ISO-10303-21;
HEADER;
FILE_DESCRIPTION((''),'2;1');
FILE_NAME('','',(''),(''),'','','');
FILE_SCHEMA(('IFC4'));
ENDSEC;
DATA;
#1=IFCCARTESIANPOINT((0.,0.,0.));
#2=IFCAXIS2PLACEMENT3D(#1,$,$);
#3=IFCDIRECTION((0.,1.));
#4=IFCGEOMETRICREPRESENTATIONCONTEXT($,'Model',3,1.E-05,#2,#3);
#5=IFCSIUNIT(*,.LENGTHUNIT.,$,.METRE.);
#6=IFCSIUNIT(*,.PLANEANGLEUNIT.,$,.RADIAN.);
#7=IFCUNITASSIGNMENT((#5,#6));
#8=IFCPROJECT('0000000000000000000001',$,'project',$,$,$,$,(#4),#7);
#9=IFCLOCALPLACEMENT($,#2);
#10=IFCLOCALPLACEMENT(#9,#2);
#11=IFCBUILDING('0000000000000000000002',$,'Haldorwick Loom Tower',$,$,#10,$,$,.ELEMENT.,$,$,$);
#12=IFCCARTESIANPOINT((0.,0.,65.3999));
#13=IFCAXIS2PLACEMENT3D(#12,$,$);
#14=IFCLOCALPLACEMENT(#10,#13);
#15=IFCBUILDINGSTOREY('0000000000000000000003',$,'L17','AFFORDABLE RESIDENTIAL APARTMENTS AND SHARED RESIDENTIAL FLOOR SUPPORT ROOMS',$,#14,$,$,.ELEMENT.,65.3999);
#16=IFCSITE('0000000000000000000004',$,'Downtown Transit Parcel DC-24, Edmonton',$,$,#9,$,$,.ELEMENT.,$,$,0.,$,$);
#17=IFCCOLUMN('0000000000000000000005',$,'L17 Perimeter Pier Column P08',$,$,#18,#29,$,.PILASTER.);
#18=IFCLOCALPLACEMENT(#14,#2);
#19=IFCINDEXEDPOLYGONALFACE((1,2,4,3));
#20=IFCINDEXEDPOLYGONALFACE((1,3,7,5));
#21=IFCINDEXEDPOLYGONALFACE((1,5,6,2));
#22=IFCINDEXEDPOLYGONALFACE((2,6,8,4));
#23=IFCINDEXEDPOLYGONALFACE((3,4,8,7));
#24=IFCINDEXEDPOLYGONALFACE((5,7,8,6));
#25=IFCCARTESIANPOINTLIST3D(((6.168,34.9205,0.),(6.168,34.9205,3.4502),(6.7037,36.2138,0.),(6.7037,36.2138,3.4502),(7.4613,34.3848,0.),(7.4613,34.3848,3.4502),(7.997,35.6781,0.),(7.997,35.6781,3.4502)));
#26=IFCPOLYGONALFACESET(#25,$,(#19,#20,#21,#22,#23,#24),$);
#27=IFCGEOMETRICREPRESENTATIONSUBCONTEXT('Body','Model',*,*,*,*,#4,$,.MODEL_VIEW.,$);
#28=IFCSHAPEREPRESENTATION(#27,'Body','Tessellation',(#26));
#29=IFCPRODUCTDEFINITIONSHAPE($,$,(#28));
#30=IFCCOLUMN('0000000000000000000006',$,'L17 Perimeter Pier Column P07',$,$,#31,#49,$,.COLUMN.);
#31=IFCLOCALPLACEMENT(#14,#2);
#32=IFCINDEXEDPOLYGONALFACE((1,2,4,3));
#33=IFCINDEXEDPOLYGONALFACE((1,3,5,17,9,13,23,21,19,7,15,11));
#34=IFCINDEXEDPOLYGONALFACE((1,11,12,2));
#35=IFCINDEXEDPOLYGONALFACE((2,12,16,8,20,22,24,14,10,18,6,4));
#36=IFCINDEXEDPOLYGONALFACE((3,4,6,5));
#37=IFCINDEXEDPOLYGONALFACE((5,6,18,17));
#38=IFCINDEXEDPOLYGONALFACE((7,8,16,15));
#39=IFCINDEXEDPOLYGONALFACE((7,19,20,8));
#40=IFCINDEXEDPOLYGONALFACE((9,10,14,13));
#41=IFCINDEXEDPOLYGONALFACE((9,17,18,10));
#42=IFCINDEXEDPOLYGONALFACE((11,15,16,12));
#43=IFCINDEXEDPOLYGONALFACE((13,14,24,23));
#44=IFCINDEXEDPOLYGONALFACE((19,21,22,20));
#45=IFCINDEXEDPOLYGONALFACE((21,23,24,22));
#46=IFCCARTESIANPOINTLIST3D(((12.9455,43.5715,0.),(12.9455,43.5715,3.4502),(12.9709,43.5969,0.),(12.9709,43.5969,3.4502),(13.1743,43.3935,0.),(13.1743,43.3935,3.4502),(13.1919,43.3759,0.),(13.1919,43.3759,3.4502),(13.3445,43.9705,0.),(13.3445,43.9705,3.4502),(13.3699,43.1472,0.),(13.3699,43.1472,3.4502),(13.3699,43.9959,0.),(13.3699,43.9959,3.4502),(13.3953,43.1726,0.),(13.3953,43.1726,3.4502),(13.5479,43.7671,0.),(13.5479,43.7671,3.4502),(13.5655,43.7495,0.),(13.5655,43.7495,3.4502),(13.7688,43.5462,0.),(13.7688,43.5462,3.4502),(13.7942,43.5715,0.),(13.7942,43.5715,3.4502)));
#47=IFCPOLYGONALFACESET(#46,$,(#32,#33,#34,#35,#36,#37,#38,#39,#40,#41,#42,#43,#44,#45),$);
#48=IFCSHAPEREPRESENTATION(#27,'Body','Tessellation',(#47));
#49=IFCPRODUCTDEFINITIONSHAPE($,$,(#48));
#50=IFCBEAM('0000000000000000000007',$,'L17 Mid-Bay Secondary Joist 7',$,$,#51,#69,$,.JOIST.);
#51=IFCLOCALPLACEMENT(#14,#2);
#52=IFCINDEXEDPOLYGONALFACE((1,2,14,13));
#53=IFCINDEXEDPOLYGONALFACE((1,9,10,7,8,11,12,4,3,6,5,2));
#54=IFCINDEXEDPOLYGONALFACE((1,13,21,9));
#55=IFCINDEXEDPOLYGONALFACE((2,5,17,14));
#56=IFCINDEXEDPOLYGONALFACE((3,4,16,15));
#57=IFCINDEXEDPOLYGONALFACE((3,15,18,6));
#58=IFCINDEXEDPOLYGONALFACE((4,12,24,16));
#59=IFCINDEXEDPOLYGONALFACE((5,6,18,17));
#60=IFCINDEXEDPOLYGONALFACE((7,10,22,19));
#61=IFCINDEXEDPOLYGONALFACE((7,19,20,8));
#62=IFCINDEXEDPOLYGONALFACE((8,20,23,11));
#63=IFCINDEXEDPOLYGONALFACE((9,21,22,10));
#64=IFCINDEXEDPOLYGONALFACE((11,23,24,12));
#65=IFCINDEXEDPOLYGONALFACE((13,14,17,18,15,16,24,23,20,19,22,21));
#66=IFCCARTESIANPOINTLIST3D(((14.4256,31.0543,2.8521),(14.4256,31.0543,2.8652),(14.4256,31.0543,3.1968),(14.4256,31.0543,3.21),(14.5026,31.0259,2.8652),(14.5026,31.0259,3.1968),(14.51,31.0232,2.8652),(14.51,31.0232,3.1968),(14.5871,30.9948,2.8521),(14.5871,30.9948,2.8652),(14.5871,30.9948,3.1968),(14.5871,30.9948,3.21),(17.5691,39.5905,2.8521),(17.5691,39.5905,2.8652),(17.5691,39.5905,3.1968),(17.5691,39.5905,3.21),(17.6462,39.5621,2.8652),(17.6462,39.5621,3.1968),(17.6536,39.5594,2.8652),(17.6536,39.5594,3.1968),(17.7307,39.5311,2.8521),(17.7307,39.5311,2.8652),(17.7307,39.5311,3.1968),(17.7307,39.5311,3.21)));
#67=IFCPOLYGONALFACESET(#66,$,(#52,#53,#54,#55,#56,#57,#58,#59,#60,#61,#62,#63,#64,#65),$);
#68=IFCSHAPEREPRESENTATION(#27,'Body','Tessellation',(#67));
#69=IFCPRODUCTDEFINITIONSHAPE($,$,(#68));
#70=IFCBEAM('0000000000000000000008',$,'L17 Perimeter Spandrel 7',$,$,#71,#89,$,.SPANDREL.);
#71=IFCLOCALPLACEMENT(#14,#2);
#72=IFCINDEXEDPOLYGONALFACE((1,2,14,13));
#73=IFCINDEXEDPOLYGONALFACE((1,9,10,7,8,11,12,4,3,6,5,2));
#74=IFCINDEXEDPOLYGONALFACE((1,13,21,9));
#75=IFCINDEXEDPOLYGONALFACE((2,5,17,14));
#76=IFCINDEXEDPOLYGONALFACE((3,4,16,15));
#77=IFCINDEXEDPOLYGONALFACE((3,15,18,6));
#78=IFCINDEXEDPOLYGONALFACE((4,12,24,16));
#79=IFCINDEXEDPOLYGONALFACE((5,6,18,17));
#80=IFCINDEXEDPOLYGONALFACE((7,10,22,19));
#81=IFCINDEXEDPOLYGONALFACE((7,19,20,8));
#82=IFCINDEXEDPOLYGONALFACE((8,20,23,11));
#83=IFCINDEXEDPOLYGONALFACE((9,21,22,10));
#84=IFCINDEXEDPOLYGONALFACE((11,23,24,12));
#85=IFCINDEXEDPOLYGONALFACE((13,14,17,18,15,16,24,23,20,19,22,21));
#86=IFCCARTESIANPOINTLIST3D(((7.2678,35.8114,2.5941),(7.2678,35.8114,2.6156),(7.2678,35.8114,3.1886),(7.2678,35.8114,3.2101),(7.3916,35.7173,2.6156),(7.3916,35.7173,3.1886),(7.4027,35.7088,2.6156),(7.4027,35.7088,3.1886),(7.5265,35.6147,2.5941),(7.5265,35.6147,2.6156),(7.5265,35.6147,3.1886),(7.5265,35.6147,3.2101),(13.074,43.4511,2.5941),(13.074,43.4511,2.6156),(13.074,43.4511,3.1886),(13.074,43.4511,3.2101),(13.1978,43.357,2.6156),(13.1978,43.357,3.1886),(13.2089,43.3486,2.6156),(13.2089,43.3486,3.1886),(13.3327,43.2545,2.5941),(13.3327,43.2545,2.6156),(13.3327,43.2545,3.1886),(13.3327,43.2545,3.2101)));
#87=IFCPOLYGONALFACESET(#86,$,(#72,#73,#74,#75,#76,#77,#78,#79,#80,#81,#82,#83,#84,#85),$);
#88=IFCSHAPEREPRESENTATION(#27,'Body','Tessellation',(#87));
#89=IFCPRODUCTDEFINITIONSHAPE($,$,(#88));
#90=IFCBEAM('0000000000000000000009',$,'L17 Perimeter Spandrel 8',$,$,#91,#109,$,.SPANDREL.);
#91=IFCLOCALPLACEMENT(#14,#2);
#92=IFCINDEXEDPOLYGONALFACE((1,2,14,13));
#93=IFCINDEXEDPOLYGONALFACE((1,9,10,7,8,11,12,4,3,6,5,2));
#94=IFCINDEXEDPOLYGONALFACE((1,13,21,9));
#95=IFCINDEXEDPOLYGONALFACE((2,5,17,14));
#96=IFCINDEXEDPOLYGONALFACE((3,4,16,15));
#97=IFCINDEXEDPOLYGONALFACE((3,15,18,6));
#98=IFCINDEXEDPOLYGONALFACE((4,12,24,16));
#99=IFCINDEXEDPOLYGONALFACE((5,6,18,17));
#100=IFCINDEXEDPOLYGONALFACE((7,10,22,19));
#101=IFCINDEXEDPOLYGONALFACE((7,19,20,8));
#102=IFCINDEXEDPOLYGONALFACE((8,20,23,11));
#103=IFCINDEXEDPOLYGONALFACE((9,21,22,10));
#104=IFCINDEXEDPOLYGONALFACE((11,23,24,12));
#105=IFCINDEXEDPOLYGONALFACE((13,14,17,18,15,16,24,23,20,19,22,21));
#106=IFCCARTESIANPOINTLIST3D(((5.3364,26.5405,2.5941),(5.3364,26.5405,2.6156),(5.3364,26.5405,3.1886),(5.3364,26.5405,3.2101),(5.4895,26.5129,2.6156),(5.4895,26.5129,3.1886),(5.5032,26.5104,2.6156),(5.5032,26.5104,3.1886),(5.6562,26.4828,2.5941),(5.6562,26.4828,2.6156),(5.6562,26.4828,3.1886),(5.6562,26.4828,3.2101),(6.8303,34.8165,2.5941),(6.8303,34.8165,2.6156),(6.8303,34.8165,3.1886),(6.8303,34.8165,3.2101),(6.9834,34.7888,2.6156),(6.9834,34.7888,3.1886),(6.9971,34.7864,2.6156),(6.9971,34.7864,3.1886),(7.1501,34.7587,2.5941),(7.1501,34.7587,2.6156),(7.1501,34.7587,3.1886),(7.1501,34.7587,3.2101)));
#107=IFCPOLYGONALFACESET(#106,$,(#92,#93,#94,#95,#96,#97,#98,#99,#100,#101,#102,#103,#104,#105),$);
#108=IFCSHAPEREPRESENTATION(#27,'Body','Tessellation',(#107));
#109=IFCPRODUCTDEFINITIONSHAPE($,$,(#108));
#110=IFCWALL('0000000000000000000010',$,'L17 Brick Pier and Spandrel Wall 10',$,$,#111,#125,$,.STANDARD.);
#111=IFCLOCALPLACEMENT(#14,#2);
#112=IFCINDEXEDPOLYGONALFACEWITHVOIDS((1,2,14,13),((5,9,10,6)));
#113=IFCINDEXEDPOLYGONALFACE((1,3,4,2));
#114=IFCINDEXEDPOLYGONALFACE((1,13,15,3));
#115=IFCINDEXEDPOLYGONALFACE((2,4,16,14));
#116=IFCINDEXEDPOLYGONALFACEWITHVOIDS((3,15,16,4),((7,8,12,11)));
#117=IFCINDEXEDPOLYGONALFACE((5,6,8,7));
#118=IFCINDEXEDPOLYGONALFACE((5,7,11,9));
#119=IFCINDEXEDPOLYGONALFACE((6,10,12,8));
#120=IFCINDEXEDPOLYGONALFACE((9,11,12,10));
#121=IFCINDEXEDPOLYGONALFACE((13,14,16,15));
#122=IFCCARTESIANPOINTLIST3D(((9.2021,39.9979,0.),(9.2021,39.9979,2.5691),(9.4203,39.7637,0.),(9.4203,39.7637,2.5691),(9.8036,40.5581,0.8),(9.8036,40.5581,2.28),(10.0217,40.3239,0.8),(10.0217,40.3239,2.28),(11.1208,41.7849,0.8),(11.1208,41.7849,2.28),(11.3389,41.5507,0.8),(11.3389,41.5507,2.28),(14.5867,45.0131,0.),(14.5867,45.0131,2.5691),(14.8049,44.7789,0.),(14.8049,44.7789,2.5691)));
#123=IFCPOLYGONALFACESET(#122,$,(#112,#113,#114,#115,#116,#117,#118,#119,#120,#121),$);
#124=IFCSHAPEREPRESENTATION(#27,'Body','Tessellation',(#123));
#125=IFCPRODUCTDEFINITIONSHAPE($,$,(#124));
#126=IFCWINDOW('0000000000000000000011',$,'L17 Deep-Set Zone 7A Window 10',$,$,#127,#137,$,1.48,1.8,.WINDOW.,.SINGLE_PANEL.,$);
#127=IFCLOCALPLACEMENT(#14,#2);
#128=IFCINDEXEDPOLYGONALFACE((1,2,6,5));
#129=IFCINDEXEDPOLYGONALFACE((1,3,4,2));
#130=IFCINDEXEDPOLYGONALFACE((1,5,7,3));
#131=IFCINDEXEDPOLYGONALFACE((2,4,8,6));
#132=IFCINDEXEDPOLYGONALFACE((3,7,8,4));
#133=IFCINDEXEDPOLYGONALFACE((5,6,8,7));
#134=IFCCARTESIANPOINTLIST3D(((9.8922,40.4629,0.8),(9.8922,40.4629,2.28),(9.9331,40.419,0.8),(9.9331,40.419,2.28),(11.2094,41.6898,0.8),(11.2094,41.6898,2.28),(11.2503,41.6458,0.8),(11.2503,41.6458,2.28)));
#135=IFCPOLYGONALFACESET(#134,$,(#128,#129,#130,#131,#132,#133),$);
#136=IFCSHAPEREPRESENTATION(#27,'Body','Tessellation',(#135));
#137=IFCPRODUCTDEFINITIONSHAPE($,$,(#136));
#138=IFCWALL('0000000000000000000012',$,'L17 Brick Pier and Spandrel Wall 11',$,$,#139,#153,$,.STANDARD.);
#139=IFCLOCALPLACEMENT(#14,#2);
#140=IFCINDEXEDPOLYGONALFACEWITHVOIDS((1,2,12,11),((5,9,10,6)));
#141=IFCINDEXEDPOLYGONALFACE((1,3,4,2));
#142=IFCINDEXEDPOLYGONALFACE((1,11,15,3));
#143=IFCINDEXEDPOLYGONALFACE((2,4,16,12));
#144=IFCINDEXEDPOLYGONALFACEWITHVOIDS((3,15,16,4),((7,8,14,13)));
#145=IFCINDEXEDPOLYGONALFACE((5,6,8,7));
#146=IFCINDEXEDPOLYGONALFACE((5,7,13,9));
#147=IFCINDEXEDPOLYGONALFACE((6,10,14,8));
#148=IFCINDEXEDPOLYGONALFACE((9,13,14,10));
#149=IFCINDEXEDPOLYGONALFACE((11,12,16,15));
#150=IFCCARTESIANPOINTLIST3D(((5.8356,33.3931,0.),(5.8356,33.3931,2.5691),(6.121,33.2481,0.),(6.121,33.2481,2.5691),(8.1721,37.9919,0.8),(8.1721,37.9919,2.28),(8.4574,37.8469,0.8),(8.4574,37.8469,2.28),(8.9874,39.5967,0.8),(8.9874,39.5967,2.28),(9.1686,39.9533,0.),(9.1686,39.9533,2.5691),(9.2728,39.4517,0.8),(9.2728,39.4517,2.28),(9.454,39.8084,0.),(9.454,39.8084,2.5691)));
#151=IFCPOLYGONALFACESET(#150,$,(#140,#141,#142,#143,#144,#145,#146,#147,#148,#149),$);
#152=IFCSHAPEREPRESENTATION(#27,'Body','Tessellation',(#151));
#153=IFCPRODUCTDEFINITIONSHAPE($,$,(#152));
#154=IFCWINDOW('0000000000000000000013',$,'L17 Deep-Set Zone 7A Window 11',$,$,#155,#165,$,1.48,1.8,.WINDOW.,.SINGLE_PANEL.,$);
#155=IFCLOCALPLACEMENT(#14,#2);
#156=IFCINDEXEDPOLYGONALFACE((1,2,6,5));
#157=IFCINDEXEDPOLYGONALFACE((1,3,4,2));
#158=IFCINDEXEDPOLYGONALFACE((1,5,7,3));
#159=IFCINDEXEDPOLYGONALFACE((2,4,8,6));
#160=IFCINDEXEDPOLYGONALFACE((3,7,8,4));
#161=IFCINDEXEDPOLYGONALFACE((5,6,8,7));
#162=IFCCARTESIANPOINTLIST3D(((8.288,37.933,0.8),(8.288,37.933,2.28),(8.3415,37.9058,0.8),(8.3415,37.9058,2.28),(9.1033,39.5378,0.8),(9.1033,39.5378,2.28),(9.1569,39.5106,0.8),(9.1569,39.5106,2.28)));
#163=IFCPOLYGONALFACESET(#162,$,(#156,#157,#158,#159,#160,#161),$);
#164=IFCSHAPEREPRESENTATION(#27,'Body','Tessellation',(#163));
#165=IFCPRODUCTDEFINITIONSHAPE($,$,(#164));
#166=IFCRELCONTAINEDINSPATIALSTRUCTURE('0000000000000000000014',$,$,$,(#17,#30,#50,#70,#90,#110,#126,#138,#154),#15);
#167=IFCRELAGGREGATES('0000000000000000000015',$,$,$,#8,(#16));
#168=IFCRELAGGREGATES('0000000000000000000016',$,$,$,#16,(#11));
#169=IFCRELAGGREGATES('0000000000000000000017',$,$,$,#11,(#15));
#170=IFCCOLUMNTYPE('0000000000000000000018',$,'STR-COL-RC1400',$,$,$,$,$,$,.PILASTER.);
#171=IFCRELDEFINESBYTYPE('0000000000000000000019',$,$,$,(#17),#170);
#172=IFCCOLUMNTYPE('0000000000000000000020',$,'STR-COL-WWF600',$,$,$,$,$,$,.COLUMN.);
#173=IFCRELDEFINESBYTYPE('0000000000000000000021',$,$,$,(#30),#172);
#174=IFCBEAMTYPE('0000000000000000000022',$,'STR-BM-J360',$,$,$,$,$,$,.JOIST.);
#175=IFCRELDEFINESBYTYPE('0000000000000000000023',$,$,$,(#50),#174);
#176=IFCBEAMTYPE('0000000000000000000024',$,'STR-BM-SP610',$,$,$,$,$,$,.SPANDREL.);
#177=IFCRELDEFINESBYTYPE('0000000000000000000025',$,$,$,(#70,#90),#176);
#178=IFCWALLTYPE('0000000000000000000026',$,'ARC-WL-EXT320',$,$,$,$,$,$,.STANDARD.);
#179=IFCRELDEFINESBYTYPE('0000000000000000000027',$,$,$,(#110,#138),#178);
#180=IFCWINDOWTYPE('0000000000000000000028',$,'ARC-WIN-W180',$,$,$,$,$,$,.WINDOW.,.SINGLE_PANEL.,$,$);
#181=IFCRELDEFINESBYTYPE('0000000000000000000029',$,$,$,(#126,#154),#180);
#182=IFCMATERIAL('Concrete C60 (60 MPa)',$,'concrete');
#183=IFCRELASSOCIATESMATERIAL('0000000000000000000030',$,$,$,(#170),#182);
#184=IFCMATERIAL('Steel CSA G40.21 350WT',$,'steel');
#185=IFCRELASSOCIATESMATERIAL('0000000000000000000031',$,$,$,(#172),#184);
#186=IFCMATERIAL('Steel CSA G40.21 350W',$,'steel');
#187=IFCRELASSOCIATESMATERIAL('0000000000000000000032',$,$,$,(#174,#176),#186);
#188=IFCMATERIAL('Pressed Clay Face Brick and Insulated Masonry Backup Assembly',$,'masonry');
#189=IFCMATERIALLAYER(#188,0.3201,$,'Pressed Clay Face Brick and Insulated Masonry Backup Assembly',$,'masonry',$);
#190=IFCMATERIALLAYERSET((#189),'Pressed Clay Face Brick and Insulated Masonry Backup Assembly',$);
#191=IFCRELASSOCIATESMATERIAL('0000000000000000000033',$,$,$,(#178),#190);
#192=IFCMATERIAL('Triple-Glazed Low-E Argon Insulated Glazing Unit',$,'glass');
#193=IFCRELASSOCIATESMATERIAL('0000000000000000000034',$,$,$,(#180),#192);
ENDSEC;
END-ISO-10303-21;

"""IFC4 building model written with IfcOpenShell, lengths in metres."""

from ifc_helpers import new_model, si_unit, direction, frame, frame_2d, origin, origin_2d, place, context, subcontext, project, spatial, rectangle, i_section, extrude, material, layer, layer_set, material_profile, profile_set, type_object, element, fill, save


model = new_model("IFC4")

# Units and contexts
model_context = context("Model", 3, precision=1e-05, world=origin(), true_north=direction((0.0, 1.0)))
body_context = subcontext(model_context, "Body", "Model", "MODEL_VIEW")
ifc_project = project(units=[si_unit("LENGTHUNIT", "METRE"), si_unit("PLANEANGLEUNIT", "RADIAN")], contexts=[model_context])

# Site, building, storey
site_placement = place(None, origin())
site = spatial("IfcSite", under=ifc_project, at=site_placement, Name="Downtown Transit Parcel DC-24, Edmonton", CompositionType="ELEMENT", RefElevation=0.0)
building_placement = place(site_placement, origin())
building = spatial("IfcBuilding", under=site, at=building_placement, Name="Haldorwick Loom Tower", CompositionType="ELEMENT")
storey_placement = place(building_placement, frame((0.0, 0.0, 65.3999)))
storey = spatial("IfcBuildingStorey", under=building, at=storey_placement, Name="L17", Description="AFFORDABLE RESIDENTIAL APARTMENTS AND SHARED RESIDENTIAL FLOOR SUPPORT ROOMS", CompositionType="ELEMENT", Elevation=65.3999)

# Columns
ifc_material_1 = material(Name="Concrete C60 (60 MPa)", Category="concrete")
ifc_material_profile_1 = material_profile(ifc_material_1, rectangle(XDim=1.3999, YDim=1.3999, at=origin_2d()), Name="RC1400X1400", Category="concrete")
ifc_profile_set_1 = profile_set([ifc_material_profile_1], Name="Concrete C60 (60 MPa)")
column_type_1 = type_object("IfcColumnType", Name="STR-COL-RC1400", PredefinedType="PILASTER", material=ifc_profile_set_1)
column_1_placement = place(storey_placement, frame((7.0825, 35.2993, 0.0), z_axis=(0.0, 0.0, 1.0), x_axis=(-0.92388, 0.382683, 0.0)))
element("IfcColumn", 1, at=column_1_placement, inside=storey, type_object=column_type_1, Name="L17 Perimeter Pier Column P08", PredefinedType="PILASTER", context=body_context, shape_type="SweptSolid", body=[
    extrude(rectangle(XDim=1.3999, YDim=1.3999, at=origin_2d()), origin(), (0.0, 0.0, 1.0), 3.4502),
])
ifc_material_2 = material(Name="Steel CSA G40.21 350WT", Category="steel")
ifc_material_profile_2 = material_profile(ifc_material_2, i_section(OverallWidth=0.6001, OverallDepth=0.6001, WebThickness=0.0249, FlangeThickness=0.0359, at=origin_2d()), Name="WWF600X600", Category="steel")
ifc_profile_set_2 = profile_set([ifc_material_profile_2], Name="Steel CSA G40.21 350WT")
column_type_2 = type_object("IfcColumnType", Name="STR-COL-WWF600", PredefinedType="COLUMN", material=ifc_profile_set_2)
column_2_placement = place(storey_placement, frame((13.3699, 43.5715, 0.0), z_axis=(0.0, 0.0, 1.0), x_axis=(-0.707107, 0.707107, 0.0)))
element("IfcColumn", 2, at=column_2_placement, inside=storey, type_object=column_type_2, Name="L17 Perimeter Pier Column P07", PredefinedType="COLUMN", context=body_context, shape_type="SweptSolid", body=[
    extrude(i_section(OverallWidth=0.6001, OverallDepth=0.6001, WebThickness=0.0249, FlangeThickness=0.0359, at=origin_2d()), origin(), (0.0, 0.0, 1.0), 3.4502),
])

# Beams
ifc_material_3 = material(Name="Steel CSA G40.21 350W", Category="steel")
ifc_material_profile_3 = material_profile(ifc_material_3, i_section(OverallWidth=0.1721, OverallDepth=0.3579, WebThickness=0.0078, FlangeThickness=0.0132, at=origin_2d()), Name="W360X57", Category="steel")
ifc_profile_set_3 = profile_set([ifc_material_profile_3], Name="Steel CSA G40.21 350W")
beam_type_1 = type_object("IfcBeamType", Name="STR-BM-J360", PredefinedType="JOIST", material=ifc_profile_set_3)
beam_1_placement = place(storey_placement, frame((17.6499, 39.5608, 3.031), z_axis=(-0.345576, -0.938391, 0.0), x_axis=(0.938391, -0.345576, 0.0)))
element("IfcBeam", 3, at=beam_1_placement, inside=storey, type_object=beam_type_1, Name="L17 Mid-Bay Secondary Joist 7", PredefinedType="JOIST", context=body_context, shape_type="SweptSolid", body=[
    extrude(i_section(OverallWidth=0.1721, OverallDepth=0.3579, WebThickness=0.0078, FlangeThickness=0.0132, at=origin_2d()), origin(), (0.0, 0.0, 1.0), 9.0967),
])
ifc_material_profile_4 = material_profile(ifc_material_3, i_section(OverallWidth=0.325, OverallDepth=0.616, WebThickness=0.0139, FlangeThickness=0.0215, at=origin_2d()), Name="W610X174", Category="steel")
ifc_profile_set_4 = profile_set([ifc_material_profile_4], Name="Steel CSA G40.21 350W")
beam_type_2 = type_object("IfcBeamType", Name="STR-BM-SP610", PredefinedType="SPANDREL", material=ifc_profile_set_4)
beam_2_placement = place(storey_placement, frame((13.2034, 43.3528, 2.9021), z_axis=(-0.605085, -0.796161, 0.0), x_axis=(0.796161, -0.605085, 0.0)))
element("IfcBeam", 4, at=beam_2_placement, inside=storey, type_object=beam_type_2, Name="L17 Perimeter Spandrel 7", PredefinedType="SPANDREL", context=body_context, shape_type="SweptSolid", body=[
    extrude(i_section(OverallWidth=0.325, OverallDepth=0.616, WebThickness=0.0139, FlangeThickness=0.0215, at=origin_2d()), origin(), (0.0, 0.0, 1.0), 9.5957),
])
beam_3_placement = place(storey_placement, frame((6.9902, 34.7876, 2.9021), z_axis=(-0.177641, -0.984095, 0.0), x_axis=(0.984095, -0.177641, 0.0)))
element("IfcBeam", 5, at=beam_3_placement, inside=storey, type_object=beam_type_2, Name="L17 Perimeter Spandrel 8", PredefinedType="SPANDREL", context=body_context, shape_type="SweptSolid", body=[
    extrude(i_section(OverallWidth=0.325, OverallDepth=0.616, WebThickness=0.0139, FlangeThickness=0.0215, at=origin_2d()), origin(), (0.0, 0.0, 1.0), 8.4097),
])

# Walls, openings, windows
ifc_material_4 = material(Name="Pressed Clay Face Brick and Insulated Masonry Backup Assembly", Category="masonry")
ifc_layer_1 = layer(ifc_material_4, 0.3201, Name="Pressed Clay Face Brick and Insulated Masonry Backup Assembly", Category="masonry")
ifc_layer_set_1 = layer_set([ifc_layer_1], Name="Pressed Clay Face Brick and Insulated Masonry Backup Assembly")
wall_type_1 = type_object("IfcWallType", Name="ARC-WL-EXT320", PredefinedType="STANDARD", material=ifc_layer_set_1)
wall_1_placement = place(storey_placement, frame((14.6958, 44.896, 0.0), z_axis=(0.0, 0.0, 1.0), x_axis=(-0.731761, -0.681561, 0.0)))
wall_1 = element("IfcWall", 6, at=wall_1_placement, inside=storey, type_object=wall_type_1, Name="L17 Brick Pier and Spandrel Wall 10", PredefinedType="STANDARD", context=body_context, shape_type="SweptSolid", body=[
    extrude(rectangle(XDim=7.3584, YDim=0.3201, at=frame_2d((3.6792, 0.0))), origin(), (0.0, 0.0, 1.0), 2.5691),
])
opening_1_placement = place(wall_1_placement, frame((4.7366, 0.0, 0.8)))
opening_1 = element("IfcOpeningElement", 7, at=opening_1_placement, cuts=wall_1, PredefinedType="OPENING", context=body_context, shape_type="SweptSolid", body=[
    extrude(rectangle(XDim=1.8, YDim=1.48, at=frame_2d((0.8999, 0.74))), frame((0.0, 0.1699, 0.0), z_axis=(0.0, -1.0, 0.0), x_axis=(1.0, 0.0, 0.0)), (0.0, 0.0, 1.0), 0.3401),
])
ifc_material_5 = material(Name="Triple-Glazed Low-E Argon Insulated Glazing Unit", Category="glass")
window_type = type_object("IfcWindowType", Name="ARC-WIN-W180", PartitioningType="SINGLE_PANEL", PredefinedType="WINDOW", material=ifc_material_5)
window_1_placement = place(opening_1_placement, origin())
window_1 = element("IfcWindow", 8, at=window_1_placement, inside=storey, type_object=window_type, Name="L17 Deep-Set Zone 7A Window 10", OverallHeight=1.48, OverallWidth=1.8, PartitioningType="SINGLE_PANEL", PredefinedType="WINDOW", context=body_context, shape_type="SweptSolid", body=[
    extrude(rectangle(XDim=1.8, YDim=1.48, at=frame_2d((0.8999, 0.74))), frame((0.0, 0.03, 0.0), z_axis=(0.0, -1.0, 0.0), x_axis=(1.0, 0.0, 0.0)), (0.0, 0.0, 1.0), 0.0601),
])
fill(opening_1, window_1)
wall_2_placement = place(storey_placement, frame((9.3113, 39.8809, 0.0), z_axis=(0.0, 0.0, 1.0), x_axis=(-0.452951, -0.891535, 0.0)))
wall_2 = element("IfcWall", 9, at=wall_2_placement, inside=storey, type_object=wall_type_1, Name="L17 Brick Pier and Spandrel Wall 11", PredefinedType="STANDARD", context=body_context, shape_type="SweptSolid", body=[
    extrude(rectangle(XDim=7.3584, YDim=0.3201, at=frame_2d((3.6792, 0.0))), origin(), (0.0, 0.0, 1.0), 2.5691),
])
opening_2_placement = place(wall_2_placement, frame((0.4001, 0.0, 0.8)))
opening_2 = element("IfcOpeningElement", 10, at=opening_2_placement, cuts=wall_2, PredefinedType="OPENING", context=body_context, shape_type="SweptSolid", body=[
    extrude(rectangle(XDim=1.8, YDim=1.48, at=frame_2d((0.8999, 0.74))), frame((0.0, 0.1699, 0.0), z_axis=(0.0, -1.0, 0.0), x_axis=(1.0, 0.0, 0.0)), (0.0, 0.0, 1.0), 0.3401),
])
window_2_placement = place(opening_2_placement, origin())
window_2 = element("IfcWindow", 11, at=window_2_placement, inside=storey, type_object=window_type, Name="L17 Deep-Set Zone 7A Window 11", OverallHeight=1.48, OverallWidth=1.8, PartitioningType="SINGLE_PANEL", PredefinedType="WINDOW", context=body_context, shape_type="SweptSolid", body=[
    extrude(rectangle(XDim=1.8, YDim=1.48, at=frame_2d((0.8999, 0.74))), frame((0.0, 0.03, 0.0), z_axis=(0.0, -1.0, 0.0), x_axis=(1.0, 0.0, 0.0)), (0.0, 0.0, 1.0), 0.0601),
])
fill(opening_2, window_2)

save(model, "model.ifc")
